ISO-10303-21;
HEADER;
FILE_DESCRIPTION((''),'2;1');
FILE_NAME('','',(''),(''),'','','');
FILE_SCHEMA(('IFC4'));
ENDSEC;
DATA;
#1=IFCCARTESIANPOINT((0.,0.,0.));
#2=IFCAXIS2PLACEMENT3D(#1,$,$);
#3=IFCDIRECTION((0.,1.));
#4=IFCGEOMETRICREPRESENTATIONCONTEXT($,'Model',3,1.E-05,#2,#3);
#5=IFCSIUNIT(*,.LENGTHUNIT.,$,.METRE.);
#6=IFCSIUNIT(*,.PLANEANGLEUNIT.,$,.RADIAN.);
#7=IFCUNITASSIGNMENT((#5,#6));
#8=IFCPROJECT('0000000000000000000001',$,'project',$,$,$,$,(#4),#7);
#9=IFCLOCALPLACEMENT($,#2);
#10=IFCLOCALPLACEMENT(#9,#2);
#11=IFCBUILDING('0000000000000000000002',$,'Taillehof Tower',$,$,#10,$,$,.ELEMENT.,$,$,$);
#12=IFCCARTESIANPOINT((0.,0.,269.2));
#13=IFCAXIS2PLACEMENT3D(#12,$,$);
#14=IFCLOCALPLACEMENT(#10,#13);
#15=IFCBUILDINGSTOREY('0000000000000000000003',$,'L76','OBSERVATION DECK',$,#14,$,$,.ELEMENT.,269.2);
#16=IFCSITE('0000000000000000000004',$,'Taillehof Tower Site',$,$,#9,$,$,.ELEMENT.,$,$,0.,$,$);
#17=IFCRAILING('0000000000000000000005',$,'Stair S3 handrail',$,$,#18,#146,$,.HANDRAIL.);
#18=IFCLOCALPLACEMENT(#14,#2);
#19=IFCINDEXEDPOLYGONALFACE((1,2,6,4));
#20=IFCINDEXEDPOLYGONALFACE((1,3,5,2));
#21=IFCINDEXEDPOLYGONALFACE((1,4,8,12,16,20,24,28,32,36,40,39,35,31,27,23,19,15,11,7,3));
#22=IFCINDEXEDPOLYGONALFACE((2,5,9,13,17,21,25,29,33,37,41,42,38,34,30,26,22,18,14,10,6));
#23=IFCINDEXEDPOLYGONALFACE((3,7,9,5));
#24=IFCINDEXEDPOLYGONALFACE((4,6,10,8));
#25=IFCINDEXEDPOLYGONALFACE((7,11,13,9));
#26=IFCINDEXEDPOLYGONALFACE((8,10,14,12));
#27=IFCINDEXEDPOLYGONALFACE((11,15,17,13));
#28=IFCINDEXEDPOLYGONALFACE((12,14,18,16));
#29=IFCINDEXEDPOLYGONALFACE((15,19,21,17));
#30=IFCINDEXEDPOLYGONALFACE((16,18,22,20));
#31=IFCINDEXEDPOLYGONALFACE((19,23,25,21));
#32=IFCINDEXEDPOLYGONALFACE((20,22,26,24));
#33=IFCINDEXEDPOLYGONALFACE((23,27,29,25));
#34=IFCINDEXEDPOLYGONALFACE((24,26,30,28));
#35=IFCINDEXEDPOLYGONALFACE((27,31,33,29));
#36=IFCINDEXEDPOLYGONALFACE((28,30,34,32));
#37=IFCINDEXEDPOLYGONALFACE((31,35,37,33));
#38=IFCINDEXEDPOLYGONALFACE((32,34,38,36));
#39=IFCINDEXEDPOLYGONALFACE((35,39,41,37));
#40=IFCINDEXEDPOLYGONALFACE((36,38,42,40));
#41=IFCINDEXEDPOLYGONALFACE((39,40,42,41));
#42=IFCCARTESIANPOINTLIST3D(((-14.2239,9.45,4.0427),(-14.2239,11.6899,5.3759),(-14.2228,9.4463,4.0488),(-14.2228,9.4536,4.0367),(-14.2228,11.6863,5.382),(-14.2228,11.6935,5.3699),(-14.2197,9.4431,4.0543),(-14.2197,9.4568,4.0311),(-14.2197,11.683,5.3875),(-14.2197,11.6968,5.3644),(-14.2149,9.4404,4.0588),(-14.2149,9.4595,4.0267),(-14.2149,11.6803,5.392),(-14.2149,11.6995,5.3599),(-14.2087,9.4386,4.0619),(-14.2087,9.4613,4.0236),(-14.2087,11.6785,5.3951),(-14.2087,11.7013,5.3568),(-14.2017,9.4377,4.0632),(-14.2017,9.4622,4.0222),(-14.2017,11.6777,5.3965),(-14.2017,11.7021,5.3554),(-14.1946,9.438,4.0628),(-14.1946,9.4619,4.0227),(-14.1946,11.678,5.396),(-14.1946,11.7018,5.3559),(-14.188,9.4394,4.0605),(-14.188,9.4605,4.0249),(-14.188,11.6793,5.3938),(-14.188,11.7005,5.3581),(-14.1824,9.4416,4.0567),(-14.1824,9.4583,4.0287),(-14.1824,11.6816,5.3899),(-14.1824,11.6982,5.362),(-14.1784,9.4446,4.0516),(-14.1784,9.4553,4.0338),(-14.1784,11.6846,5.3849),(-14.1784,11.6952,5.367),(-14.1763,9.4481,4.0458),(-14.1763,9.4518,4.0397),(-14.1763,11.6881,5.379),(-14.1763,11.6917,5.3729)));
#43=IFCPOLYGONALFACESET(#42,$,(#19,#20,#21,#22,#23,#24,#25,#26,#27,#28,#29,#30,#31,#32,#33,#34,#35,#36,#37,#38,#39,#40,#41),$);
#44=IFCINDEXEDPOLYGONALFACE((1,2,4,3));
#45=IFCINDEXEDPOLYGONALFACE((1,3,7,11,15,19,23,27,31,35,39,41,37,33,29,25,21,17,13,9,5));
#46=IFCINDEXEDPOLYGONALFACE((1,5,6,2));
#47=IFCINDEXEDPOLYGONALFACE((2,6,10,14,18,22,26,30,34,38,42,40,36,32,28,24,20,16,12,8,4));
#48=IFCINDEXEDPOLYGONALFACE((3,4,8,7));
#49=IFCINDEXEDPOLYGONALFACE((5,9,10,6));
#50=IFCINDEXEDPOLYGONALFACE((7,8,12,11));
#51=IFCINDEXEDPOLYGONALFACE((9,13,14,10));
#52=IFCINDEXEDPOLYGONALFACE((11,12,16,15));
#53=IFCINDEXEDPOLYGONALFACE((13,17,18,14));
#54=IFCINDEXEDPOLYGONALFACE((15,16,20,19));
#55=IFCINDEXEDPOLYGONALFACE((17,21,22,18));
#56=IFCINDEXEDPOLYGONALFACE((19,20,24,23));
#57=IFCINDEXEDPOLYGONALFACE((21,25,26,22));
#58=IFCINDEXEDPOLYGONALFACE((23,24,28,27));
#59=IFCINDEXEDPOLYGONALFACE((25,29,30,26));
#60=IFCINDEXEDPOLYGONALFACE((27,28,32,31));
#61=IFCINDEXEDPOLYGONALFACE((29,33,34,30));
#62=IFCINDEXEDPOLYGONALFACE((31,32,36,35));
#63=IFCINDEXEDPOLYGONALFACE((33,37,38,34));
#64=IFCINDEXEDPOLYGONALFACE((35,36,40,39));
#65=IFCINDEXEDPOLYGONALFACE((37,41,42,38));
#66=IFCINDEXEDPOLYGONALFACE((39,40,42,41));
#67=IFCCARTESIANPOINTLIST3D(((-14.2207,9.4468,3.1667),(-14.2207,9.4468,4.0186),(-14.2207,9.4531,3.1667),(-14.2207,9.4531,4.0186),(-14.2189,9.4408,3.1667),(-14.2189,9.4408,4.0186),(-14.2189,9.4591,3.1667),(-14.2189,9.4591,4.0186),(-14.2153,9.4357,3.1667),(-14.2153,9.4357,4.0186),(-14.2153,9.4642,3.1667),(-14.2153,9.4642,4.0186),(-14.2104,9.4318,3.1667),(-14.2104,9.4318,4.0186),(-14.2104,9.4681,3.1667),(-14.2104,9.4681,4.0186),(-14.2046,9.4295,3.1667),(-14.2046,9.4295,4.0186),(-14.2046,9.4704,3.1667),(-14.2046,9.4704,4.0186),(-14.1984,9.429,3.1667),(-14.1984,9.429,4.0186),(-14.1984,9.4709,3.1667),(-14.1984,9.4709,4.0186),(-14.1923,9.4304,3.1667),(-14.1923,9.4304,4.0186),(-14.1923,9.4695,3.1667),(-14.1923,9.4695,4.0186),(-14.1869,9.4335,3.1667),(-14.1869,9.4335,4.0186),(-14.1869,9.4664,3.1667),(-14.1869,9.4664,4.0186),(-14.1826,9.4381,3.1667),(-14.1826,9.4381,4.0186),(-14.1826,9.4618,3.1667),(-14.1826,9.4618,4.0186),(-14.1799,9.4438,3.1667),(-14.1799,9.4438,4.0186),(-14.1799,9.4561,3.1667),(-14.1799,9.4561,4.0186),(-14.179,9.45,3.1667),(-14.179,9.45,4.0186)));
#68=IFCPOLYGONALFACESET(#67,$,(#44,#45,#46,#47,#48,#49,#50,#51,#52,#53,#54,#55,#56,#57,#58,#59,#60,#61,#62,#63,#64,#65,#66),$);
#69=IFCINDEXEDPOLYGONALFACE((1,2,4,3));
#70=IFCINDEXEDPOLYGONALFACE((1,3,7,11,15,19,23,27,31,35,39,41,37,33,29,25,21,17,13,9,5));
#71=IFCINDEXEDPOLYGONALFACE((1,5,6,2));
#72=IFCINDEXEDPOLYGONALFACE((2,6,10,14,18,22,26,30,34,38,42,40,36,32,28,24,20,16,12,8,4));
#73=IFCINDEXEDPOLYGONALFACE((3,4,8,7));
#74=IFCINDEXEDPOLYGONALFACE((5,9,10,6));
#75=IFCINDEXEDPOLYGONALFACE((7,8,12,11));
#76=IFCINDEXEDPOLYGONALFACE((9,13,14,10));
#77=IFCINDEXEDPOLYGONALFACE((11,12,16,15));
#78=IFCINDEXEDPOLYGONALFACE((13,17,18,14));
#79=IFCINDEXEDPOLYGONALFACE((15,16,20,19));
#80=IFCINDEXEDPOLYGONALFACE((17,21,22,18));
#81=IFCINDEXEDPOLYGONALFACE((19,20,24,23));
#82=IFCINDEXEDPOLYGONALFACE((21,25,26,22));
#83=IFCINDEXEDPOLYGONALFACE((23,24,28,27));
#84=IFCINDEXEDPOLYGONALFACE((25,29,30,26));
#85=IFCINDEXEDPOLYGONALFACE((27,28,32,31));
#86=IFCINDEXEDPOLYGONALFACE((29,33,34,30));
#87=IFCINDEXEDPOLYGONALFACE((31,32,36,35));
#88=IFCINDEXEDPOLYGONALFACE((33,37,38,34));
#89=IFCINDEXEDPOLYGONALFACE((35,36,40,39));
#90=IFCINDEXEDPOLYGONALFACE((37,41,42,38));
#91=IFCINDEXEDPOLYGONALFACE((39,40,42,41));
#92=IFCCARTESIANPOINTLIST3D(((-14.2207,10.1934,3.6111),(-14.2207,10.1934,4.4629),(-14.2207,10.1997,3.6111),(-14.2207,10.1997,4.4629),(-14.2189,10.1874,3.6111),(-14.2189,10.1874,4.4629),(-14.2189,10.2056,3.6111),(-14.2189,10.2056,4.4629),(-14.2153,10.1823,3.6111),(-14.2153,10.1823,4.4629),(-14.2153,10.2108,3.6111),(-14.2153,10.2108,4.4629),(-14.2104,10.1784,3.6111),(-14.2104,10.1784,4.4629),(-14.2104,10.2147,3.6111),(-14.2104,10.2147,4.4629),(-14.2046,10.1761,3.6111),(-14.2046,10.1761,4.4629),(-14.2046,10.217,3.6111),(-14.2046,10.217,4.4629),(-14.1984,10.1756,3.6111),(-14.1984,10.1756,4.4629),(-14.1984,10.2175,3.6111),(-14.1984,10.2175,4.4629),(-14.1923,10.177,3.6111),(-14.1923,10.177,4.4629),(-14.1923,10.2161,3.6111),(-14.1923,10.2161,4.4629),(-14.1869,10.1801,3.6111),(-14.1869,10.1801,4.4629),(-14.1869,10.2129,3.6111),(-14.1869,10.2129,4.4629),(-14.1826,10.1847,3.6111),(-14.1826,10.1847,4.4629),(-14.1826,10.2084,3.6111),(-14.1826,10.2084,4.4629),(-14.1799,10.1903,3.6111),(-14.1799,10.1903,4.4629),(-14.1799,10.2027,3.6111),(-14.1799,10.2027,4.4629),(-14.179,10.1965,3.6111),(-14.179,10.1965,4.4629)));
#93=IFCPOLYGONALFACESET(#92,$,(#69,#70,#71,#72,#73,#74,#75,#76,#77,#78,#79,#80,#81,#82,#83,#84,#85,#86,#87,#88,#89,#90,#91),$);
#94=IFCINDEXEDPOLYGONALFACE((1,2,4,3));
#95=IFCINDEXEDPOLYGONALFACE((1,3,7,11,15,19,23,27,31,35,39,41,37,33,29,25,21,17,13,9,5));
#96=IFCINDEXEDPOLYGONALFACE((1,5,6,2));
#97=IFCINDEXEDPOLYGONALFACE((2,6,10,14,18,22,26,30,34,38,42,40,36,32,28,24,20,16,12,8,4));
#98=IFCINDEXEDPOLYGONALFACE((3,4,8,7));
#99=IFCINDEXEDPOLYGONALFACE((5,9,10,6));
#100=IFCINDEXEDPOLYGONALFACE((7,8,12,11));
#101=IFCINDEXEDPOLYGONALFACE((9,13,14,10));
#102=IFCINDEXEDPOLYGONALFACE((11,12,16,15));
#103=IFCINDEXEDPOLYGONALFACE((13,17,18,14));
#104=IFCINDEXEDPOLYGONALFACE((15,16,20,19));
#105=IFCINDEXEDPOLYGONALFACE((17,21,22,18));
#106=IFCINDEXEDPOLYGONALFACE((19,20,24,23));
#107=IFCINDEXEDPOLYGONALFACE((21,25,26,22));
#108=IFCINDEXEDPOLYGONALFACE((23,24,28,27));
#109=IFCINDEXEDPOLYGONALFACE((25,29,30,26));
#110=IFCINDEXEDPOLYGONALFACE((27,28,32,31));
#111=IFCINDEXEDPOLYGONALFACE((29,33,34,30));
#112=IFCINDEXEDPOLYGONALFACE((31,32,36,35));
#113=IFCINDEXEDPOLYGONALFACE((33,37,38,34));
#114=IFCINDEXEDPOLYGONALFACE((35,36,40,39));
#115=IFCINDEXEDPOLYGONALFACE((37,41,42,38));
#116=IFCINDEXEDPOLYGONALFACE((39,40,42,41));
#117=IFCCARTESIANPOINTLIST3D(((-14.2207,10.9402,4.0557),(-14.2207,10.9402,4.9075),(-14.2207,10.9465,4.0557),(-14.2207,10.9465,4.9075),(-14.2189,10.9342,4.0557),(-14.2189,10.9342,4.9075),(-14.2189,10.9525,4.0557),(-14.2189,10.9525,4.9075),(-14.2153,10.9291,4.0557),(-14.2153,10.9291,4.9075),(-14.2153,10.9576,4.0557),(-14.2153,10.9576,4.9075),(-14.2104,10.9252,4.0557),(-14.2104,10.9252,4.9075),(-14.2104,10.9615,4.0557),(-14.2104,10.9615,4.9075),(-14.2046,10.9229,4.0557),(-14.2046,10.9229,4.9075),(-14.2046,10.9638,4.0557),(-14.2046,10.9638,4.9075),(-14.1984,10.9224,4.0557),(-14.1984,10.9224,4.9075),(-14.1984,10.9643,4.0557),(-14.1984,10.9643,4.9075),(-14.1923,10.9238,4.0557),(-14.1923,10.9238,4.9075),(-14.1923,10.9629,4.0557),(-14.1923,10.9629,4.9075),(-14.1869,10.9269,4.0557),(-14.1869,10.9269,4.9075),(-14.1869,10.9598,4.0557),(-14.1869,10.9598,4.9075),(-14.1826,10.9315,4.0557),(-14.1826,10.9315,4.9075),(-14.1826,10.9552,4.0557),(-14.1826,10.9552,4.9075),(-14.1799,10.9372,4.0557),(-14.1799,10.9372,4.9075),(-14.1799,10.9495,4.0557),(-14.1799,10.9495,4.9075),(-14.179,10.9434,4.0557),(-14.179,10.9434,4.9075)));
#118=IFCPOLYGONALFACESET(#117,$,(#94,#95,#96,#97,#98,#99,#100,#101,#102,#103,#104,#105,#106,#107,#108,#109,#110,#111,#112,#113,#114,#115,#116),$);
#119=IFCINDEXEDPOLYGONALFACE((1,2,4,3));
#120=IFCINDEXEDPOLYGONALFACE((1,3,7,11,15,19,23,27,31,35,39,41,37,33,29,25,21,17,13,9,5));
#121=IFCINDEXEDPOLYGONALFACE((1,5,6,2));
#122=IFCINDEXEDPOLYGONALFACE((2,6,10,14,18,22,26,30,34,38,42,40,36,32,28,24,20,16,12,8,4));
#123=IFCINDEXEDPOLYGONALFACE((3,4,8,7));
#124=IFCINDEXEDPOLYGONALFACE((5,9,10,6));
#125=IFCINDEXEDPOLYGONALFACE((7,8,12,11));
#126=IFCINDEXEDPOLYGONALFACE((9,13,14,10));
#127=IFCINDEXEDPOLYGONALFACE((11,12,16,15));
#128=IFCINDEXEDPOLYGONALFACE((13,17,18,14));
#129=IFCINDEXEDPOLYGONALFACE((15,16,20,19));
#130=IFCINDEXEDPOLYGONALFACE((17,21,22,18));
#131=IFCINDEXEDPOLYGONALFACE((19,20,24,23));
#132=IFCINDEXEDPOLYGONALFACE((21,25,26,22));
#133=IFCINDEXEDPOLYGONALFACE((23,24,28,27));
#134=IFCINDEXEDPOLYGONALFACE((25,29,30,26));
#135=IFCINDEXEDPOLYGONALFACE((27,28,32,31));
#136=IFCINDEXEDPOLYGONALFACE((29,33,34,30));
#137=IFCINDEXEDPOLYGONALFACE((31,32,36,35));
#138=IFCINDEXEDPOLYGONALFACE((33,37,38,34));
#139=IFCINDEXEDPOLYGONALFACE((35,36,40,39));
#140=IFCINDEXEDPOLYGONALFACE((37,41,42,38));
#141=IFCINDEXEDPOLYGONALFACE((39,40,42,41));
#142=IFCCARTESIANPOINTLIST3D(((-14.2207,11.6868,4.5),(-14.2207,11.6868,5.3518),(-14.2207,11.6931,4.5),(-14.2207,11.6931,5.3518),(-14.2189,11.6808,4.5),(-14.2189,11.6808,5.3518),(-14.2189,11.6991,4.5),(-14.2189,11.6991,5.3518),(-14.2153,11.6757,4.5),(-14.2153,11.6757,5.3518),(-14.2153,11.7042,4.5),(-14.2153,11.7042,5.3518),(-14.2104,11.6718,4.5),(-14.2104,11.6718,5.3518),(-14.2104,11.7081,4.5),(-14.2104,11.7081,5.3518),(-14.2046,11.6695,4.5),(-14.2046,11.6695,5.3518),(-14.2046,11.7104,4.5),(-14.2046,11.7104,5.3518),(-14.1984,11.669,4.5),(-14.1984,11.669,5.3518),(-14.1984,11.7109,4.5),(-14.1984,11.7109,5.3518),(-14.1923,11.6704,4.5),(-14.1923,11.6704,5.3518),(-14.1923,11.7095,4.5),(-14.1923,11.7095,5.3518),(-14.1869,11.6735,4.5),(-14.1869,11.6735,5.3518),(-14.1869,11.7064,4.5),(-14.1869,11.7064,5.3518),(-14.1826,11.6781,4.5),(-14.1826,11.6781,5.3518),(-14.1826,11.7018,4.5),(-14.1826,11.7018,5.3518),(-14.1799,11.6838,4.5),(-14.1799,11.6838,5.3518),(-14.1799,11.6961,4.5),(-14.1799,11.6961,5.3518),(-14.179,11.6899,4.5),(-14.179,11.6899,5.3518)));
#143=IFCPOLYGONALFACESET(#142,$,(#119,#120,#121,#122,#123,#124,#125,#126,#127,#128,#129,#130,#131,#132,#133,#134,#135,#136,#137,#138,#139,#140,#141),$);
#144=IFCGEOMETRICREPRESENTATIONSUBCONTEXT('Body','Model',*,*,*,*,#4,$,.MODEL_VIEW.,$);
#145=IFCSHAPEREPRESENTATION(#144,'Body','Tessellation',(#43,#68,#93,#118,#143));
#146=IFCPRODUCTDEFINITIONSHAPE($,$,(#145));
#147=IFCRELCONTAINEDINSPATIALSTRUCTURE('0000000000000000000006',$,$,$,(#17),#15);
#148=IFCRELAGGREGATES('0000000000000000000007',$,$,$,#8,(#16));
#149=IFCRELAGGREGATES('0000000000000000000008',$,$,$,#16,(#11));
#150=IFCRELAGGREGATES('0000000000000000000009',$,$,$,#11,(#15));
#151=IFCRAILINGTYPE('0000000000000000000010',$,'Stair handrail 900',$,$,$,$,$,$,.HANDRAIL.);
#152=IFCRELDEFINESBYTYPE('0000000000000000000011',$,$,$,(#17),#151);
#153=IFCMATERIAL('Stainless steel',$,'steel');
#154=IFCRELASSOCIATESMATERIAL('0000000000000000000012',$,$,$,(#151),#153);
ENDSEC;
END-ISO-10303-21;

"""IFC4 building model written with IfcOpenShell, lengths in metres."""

from ifc_helpers import new_model, si_unit, direction, frame, origin, origin_2d, place, context, subcontext, project, spatial, circle, extrude, material, type_object, element, save


model = new_model("IFC4")

# Units and contexts
model_context = context("Model", 3, precision=1e-05, world=origin(), true_north=direction((0.0, 1.0)))
body_context = subcontext(model_context, "Body", "Model", "MODEL_VIEW")
ifc_project = project(units=[si_unit("LENGTHUNIT", "METRE"), si_unit("PLANEANGLEUNIT", "RADIAN")], contexts=[model_context])

# Site, building, storey
site_placement = place(None, origin())
site = spatial("IfcSite", under=ifc_project, at=site_placement, Name="Taillehof Tower Site", CompositionType="ELEMENT", RefElevation=0.0)
building_placement = place(site_placement, origin())
building = spatial("IfcBuilding", under=site, at=building_placement, Name="Taillehof Tower", CompositionType="ELEMENT")
storey_placement = place(building_placement, frame((0.0, 0.0, 269.2)))
storey = spatial("IfcBuildingStorey", under=building, at=storey_placement, Name="L76", Description="OBSERVATION DECK", CompositionType="ELEMENT", Elevation=269.2)

# Railing
ifc_material_1 = material(Name="Stainless steel", Category="steel")
railing_type_1 = type_object("IfcRailingType", Name="Stair handrail 900", PredefinedType="HANDRAIL", material=ifc_material_1)
railing_1_placement = place(storey_placement, frame((-14.2, 9.45, 3.1667)))
element("IfcRailing", 1, at=railing_1_placement, inside=storey, type_object=railing_type_1, Name="Stair S3 handrail", PredefinedType="HANDRAIL", context=body_context, shape_type="SweptSolid", body=[
    extrude(circle(Radius=0.0239, at=origin_2d()), frame((0.0, 0.0, 0.876), z_axis=(0.0, 0.859306, 0.511462), x_axis=(-1.0, 0.0, 0.0)), (0.0, 0.0, 1.0), 2.6067),
    extrude(circle(Radius=0.021, at=origin_2d()), origin(), (0.0, 0.0, 1.0), 0.8518),
    extrude(circle(Radius=0.021, at=origin_2d()), frame((0.0, 0.7466, 0.4443)), (0.0, 0.0, 1.0), 0.8518),
    extrude(circle(Radius=0.021, at=origin_2d()), frame((0.0, 1.4934, 0.8889)), (0.0, 0.0, 1.0), 0.8518),
    extrude(circle(Radius=0.021, at=origin_2d()), frame((0.0, 2.24, 1.3333)), (0.0, 0.0, 1.0), 0.8518),
])

save(model, "model.ifc")
